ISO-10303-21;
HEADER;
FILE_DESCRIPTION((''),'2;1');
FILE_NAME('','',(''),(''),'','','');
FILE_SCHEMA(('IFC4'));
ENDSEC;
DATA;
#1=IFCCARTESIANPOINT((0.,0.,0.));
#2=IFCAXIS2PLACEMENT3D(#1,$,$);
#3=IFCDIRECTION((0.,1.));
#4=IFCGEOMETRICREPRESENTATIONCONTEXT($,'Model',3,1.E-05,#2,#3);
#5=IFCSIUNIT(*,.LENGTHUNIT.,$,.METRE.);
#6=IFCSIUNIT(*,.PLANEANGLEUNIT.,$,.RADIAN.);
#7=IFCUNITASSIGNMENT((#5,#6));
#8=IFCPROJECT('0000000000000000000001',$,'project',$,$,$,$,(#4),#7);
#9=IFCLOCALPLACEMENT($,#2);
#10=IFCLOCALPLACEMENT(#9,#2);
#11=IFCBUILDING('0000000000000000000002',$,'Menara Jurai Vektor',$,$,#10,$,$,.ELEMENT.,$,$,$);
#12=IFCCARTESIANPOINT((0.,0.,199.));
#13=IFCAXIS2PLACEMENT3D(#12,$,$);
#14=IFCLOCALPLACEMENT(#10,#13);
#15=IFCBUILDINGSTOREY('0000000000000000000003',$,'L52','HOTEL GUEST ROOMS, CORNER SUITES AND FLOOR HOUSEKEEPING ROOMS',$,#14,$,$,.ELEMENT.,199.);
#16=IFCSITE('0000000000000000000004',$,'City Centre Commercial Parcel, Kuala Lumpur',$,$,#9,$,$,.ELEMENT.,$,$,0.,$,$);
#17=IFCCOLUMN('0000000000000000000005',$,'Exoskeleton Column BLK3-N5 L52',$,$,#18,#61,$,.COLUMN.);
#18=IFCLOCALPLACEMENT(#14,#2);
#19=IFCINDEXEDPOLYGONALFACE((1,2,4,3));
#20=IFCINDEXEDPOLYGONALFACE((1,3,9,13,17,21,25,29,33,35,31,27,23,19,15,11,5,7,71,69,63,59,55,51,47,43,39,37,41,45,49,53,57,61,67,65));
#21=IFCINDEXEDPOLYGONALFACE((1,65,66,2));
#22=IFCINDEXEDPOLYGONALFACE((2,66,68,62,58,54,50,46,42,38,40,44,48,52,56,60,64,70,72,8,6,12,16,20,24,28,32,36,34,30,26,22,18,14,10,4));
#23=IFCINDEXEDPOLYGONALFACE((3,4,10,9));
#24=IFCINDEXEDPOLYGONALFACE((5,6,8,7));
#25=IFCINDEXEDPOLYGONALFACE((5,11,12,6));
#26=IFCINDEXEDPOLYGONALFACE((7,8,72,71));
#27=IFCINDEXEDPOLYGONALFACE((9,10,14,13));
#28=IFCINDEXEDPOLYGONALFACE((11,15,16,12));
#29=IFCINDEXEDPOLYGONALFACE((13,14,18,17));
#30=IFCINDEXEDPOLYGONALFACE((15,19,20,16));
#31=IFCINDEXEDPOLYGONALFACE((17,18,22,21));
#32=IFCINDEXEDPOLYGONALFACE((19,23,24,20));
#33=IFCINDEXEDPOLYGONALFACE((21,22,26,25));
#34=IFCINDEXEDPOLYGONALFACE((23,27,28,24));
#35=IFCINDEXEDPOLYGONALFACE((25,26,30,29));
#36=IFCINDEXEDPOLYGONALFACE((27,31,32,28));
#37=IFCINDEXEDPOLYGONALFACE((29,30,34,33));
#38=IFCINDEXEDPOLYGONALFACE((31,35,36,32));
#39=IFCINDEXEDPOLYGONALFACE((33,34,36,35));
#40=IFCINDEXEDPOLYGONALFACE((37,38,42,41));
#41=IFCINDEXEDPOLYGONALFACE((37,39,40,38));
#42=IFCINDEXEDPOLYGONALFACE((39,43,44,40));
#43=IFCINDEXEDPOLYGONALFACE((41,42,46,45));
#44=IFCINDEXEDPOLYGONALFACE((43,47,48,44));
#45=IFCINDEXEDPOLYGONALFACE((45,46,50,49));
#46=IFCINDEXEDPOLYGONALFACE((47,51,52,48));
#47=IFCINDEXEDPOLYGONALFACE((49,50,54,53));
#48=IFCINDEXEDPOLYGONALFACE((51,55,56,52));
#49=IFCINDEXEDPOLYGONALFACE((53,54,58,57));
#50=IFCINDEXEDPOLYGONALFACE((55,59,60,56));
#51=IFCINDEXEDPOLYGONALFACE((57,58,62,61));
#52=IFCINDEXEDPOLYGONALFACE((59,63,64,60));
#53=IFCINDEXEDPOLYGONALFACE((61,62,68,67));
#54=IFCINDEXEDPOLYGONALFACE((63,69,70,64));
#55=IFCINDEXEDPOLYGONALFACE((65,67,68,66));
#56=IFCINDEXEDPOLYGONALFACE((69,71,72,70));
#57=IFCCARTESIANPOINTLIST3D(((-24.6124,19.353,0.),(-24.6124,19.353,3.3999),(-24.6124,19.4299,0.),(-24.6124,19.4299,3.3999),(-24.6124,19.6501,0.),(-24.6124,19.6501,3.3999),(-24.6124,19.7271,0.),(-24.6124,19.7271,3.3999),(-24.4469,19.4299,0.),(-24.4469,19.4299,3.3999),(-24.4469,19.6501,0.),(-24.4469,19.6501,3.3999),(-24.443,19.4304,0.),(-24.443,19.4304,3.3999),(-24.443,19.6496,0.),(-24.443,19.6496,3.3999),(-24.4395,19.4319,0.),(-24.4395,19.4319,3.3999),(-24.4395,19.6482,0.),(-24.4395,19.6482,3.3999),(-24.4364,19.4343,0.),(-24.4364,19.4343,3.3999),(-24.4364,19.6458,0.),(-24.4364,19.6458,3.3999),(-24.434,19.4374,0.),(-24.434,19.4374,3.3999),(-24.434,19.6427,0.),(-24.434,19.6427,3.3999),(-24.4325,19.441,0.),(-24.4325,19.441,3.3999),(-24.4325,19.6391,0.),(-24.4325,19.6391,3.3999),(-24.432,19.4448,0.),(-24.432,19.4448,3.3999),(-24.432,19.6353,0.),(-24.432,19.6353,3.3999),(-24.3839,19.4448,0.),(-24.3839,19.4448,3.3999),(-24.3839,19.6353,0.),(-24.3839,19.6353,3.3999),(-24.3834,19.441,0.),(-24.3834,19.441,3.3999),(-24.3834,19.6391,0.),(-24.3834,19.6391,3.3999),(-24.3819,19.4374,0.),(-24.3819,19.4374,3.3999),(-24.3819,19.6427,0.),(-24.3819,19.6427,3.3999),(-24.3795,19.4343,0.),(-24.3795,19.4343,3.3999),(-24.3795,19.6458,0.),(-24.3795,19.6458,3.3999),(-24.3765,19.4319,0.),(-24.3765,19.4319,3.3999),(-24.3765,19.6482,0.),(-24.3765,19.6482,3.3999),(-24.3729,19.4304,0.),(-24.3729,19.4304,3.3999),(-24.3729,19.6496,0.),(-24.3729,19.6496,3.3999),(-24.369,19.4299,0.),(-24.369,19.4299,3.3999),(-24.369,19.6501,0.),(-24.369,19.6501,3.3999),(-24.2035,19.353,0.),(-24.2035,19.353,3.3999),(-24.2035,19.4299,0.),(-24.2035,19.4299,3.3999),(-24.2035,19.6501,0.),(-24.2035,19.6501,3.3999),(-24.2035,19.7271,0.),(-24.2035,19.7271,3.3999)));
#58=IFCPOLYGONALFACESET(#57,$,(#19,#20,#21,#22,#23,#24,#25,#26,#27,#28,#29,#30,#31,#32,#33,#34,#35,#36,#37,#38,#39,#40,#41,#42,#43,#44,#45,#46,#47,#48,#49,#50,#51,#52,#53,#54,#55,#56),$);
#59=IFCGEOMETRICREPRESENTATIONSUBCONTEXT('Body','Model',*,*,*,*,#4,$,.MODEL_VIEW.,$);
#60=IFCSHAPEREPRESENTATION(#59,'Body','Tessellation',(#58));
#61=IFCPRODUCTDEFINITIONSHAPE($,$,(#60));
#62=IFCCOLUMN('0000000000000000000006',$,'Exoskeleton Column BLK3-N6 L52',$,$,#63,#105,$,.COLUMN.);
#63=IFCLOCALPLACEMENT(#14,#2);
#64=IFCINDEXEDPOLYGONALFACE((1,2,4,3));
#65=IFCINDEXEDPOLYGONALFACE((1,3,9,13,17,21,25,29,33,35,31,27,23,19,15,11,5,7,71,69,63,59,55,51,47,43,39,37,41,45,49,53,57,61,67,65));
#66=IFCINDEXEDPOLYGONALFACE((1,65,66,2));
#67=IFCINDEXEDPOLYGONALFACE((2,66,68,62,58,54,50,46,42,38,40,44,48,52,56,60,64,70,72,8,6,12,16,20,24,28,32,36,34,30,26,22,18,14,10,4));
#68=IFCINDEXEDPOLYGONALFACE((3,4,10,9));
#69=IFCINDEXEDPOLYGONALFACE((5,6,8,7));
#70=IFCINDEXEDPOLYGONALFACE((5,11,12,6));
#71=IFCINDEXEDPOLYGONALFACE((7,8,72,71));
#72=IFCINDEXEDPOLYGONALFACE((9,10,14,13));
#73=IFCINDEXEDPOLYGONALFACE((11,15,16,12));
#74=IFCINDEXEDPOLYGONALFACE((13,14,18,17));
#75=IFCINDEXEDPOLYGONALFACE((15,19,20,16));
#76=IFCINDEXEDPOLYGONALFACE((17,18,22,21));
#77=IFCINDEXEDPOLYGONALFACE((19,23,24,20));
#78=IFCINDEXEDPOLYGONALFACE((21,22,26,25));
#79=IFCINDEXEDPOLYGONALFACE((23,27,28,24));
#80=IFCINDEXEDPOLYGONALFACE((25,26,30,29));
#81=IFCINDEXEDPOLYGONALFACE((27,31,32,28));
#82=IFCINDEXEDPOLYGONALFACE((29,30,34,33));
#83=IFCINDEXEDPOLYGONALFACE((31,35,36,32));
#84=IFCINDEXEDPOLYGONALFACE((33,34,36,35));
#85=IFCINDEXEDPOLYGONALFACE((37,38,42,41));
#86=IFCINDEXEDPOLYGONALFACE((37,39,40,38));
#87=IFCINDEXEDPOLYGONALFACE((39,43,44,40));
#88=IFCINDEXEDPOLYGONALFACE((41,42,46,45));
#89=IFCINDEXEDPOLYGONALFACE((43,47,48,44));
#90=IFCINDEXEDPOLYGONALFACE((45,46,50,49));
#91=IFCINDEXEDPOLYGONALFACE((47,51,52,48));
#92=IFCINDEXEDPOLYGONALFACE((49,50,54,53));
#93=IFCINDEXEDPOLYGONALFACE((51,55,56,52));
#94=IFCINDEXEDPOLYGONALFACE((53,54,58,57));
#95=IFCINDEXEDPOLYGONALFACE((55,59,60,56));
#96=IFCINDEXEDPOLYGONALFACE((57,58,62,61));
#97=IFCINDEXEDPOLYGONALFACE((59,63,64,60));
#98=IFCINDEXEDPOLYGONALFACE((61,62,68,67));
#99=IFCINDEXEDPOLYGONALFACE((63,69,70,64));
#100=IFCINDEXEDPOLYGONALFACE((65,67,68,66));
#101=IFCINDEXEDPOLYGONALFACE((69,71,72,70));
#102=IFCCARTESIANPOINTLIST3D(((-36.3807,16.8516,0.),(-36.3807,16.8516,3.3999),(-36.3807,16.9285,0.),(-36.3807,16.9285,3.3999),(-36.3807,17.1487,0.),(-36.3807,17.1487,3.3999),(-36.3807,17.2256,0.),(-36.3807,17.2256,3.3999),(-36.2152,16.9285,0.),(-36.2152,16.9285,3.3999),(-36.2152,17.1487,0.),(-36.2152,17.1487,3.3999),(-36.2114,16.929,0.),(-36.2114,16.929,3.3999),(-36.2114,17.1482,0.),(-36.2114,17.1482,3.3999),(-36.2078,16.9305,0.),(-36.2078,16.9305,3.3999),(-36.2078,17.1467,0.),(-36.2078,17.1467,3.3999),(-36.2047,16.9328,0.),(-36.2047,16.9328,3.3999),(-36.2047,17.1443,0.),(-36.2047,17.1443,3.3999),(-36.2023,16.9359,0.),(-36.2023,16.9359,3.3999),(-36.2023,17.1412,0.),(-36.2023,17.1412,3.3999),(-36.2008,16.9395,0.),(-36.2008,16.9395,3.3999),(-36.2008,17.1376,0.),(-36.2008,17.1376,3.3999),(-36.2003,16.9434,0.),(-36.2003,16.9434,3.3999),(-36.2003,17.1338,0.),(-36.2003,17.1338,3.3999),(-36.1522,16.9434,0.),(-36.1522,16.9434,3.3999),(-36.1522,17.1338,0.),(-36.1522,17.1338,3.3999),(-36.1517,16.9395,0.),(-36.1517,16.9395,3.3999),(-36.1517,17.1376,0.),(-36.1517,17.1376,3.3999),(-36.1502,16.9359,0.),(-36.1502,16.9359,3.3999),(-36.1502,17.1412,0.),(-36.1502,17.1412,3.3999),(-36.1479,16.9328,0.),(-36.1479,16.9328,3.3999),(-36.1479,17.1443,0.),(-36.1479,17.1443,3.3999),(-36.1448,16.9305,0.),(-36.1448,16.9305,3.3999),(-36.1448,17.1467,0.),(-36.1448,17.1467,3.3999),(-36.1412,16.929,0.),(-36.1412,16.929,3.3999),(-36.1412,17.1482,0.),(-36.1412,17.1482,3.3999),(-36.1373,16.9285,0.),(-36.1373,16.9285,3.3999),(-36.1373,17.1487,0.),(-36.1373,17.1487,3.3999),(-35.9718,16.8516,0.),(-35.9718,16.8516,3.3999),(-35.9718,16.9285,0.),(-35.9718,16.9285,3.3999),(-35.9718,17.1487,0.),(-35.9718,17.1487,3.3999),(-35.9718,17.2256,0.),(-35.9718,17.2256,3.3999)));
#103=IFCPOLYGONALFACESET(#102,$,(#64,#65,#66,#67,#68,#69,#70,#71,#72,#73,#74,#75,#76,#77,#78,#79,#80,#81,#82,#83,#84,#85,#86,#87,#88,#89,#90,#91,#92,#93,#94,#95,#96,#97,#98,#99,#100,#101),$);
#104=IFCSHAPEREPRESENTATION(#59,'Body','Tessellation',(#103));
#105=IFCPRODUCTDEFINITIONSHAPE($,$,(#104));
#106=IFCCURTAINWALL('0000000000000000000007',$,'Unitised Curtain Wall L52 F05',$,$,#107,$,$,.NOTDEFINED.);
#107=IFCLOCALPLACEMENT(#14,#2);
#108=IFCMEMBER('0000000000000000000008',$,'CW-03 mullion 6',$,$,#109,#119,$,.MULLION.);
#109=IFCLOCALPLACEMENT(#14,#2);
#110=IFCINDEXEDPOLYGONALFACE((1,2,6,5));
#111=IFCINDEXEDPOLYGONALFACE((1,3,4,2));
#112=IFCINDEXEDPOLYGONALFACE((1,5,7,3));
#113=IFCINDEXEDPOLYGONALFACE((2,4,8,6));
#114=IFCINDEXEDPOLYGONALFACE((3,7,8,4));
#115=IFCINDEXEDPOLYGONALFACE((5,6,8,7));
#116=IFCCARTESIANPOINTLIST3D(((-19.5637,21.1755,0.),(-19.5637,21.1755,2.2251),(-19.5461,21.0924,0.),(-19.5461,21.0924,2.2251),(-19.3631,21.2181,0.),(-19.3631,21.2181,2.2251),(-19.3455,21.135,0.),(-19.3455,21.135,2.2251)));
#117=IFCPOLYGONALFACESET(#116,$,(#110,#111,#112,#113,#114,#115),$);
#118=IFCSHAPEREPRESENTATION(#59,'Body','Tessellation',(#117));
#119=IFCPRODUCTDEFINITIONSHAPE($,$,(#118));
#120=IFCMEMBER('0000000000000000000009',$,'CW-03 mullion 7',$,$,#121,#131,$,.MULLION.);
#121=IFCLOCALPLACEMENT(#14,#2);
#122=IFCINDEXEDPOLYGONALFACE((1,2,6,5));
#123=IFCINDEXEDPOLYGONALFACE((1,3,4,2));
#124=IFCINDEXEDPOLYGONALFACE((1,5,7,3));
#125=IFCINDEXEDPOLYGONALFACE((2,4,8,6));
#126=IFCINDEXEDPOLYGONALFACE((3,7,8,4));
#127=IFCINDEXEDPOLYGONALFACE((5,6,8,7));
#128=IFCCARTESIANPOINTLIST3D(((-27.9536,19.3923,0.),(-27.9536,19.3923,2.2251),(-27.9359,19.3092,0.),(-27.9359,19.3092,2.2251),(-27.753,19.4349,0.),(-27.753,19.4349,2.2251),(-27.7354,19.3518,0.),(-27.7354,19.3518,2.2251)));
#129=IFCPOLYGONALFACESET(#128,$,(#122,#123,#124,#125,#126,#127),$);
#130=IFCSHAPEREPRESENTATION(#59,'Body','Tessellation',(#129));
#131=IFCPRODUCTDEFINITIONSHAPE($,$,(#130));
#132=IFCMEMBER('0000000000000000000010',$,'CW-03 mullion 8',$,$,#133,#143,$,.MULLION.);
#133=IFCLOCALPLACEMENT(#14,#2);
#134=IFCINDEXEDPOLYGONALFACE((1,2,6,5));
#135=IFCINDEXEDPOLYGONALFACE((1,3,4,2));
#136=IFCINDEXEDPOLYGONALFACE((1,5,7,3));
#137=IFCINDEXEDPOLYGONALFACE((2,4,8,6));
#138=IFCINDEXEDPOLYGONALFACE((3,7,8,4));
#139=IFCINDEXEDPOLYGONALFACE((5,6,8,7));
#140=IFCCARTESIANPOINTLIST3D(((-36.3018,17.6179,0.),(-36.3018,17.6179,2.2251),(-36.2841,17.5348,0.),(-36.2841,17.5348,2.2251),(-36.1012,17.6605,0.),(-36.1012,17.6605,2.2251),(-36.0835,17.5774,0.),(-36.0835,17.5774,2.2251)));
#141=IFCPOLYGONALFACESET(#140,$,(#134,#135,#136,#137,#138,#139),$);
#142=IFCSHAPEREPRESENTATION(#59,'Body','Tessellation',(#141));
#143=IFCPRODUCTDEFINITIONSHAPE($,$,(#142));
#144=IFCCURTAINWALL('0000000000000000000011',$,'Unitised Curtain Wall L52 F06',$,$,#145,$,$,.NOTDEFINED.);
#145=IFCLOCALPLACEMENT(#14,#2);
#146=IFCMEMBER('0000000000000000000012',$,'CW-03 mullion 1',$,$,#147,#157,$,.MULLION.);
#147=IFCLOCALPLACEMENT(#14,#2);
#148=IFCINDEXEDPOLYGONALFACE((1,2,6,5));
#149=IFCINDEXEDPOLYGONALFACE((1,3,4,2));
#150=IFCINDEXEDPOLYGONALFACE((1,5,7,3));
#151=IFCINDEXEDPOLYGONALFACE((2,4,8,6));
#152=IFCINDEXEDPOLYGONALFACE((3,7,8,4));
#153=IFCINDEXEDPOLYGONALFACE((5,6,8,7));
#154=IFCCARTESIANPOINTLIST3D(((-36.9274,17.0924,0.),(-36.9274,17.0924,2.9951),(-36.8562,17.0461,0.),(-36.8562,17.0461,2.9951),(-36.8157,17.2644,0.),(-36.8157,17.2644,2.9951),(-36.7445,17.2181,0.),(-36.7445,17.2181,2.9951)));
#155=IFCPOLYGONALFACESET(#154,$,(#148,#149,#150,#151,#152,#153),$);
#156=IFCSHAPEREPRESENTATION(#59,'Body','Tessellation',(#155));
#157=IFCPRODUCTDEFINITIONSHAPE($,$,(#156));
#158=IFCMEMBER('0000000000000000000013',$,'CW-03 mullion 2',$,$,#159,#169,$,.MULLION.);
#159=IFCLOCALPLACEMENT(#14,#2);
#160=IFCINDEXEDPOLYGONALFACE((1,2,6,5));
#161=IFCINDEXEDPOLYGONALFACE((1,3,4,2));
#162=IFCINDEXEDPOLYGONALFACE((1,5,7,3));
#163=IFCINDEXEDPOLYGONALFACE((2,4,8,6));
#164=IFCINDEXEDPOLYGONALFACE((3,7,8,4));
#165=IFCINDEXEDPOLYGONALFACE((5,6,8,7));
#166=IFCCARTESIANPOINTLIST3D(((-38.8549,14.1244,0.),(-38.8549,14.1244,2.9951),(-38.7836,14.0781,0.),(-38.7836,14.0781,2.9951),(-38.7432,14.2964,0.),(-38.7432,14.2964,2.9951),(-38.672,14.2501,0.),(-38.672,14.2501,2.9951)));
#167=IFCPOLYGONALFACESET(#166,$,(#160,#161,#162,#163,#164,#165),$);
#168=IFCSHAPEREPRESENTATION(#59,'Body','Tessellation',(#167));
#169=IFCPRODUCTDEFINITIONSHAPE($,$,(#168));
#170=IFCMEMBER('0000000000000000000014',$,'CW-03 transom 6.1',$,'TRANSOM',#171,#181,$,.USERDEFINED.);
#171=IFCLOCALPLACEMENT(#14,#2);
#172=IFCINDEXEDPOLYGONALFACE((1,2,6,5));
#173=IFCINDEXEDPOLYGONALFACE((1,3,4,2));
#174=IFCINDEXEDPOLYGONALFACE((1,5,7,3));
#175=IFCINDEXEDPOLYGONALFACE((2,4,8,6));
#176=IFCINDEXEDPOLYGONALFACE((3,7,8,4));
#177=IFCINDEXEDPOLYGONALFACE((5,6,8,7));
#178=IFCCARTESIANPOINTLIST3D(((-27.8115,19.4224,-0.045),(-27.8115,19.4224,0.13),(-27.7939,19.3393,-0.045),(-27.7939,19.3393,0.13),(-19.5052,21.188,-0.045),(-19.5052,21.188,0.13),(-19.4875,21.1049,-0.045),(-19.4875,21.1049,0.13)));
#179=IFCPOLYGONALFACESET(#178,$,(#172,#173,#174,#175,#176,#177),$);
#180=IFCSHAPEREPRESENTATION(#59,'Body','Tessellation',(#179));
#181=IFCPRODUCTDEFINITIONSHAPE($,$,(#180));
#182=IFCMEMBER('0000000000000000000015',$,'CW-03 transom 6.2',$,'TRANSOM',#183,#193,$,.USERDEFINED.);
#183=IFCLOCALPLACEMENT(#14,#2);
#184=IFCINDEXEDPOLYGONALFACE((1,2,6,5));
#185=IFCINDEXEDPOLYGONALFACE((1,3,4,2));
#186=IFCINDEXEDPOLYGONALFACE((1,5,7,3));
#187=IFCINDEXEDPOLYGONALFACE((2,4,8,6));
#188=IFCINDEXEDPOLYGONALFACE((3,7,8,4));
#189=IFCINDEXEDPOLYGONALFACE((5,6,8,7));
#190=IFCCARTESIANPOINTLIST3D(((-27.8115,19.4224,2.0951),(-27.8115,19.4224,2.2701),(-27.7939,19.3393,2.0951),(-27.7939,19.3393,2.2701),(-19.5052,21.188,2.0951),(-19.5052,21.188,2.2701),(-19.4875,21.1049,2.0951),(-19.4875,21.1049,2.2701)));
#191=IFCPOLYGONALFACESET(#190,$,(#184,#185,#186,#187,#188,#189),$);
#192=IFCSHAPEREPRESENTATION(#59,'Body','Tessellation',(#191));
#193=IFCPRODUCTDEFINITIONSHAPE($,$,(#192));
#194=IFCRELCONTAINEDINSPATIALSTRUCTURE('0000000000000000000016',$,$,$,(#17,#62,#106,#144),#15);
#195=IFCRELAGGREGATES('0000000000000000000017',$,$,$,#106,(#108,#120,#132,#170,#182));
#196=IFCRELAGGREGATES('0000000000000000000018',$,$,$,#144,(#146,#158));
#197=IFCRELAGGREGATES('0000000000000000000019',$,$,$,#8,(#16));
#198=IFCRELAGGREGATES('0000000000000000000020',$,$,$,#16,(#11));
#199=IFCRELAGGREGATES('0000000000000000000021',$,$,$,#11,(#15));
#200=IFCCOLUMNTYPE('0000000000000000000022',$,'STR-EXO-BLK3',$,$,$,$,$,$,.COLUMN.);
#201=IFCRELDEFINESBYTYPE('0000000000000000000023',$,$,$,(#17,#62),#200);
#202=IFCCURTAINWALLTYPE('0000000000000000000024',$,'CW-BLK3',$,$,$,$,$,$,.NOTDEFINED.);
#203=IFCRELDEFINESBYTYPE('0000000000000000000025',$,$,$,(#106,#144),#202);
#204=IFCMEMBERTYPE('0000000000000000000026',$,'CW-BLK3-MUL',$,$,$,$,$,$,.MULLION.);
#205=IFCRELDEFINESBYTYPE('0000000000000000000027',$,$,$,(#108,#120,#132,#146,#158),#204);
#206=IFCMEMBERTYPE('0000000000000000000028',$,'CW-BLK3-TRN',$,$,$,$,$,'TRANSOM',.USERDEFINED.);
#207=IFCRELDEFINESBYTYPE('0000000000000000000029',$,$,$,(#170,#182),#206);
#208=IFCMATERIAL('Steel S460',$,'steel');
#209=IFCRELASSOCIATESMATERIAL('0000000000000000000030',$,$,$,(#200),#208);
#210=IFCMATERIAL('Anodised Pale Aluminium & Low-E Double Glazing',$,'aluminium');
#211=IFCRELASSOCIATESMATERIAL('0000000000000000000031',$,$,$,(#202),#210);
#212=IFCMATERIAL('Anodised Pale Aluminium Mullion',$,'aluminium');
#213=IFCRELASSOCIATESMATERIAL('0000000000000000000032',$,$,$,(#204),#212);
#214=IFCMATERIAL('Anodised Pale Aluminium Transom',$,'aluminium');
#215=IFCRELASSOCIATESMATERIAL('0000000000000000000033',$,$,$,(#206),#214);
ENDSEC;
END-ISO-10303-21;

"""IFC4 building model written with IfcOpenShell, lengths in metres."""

from ifc_helpers import new_model, si_unit, direction, frame, origin, origin_2d, place, context, subcontext, project, spatial, rectangle, i_section, extrude, material, material_profile, profile_set, type_object, element, aggregate, save


model = new_model("IFC4")

# Units and contexts
model_context = context("Model", 3, precision=1e-05, world=origin(), true_north=direction((0.0, 1.0)))
body_context = subcontext(model_context, "Body", "Model", "MODEL_VIEW")
ifc_project = project(units=[si_unit("LENGTHUNIT", "METRE"), si_unit("PLANEANGLEUNIT", "RADIAN")], contexts=[model_context])

# Site, building, storey
site_placement = place(None, origin())
site = spatial("IfcSite", under=ifc_project, at=site_placement, Name="City Centre Commercial Parcel, Kuala Lumpur", CompositionType="ELEMENT", RefElevation=0.0)
building_placement = place(site_placement, origin())
building = spatial("IfcBuilding", under=site, at=building_placement, Name="Menara Jurai Vektor", CompositionType="ELEMENT")
storey_placement = place(building_placement, frame((0.0, 0.0, 199.0)))
storey = spatial("IfcBuildingStorey", under=building, at=storey_placement, Name="L52", Description="HOTEL GUEST ROOMS, CORNER SUITES AND FLOOR HOUSEKEEPING ROOMS", CompositionType="ELEMENT", Elevation=199.0)

# Columns
ifc_material_1 = material(Name="Steel S460", Category="steel")
ifc_material_profile_1 = material_profile(ifc_material_1, i_section(OverallWidth=0.4089, OverallDepth=0.374, WebThickness=0.0481, FlangeThickness=0.0769, FilletRadius=0.0149, at=origin_2d()), Name="HD 400x634")
ifc_profile_set_1 = profile_set([ifc_material_profile_1], Name="Steel S460")
column_type = type_object("IfcColumnType", Name="STR-EXO-BLK3", PredefinedType="COLUMN", material=ifc_profile_set_1)
for number, where, z_axis, x_axis, name in (
    (1, (-24.408, 19.54, 0.0), (0.0, 0.0, 1.0), (1.0, 0.0, 0.0), "Exoskeleton Column BLK3-N5 L52"),
    (2, (-36.1763, 17.0386, 0.0), (0.0, 0.0, 1.0), (1.0, 0.0, 0.0), "Exoskeleton Column BLK3-N6 L52"),
):
    element("IfcColumn", number, at=place(storey_placement, frame(where, z_axis=z_axis, x_axis=x_axis)), inside=storey, type_object=column_type, Name=name, PredefinedType="COLUMN", context=body_context, shape_type="SweptSolid", body=[
        extrude(i_section(OverallWidth=0.4089, OverallDepth=0.374, WebThickness=0.0481, FlangeThickness=0.0769, FilletRadius=0.0149, at=origin_2d()), origin(), (0.0, 0.0, 1.0), 3.3999),
    ])

# Curtain walls, members
ifc_material_2 = material(Name="Anodised Pale Aluminium & Low-E Double Glazing", Category="aluminium")
curtain_wall_type = type_object("IfcCurtainWallType", Name="CW-BLK3", PredefinedType="NOTDEFINED", material=ifc_material_2)
curtain_wall_1_placement = place(storey_placement, origin())
curtain_wall_1 = element("IfcCurtainWall", 3, at=curtain_wall_1_placement, inside=storey, type_object=curtain_wall_type, Name="Unitised Curtain Wall L52 F05", PredefinedType="NOTDEFINED")
ifc_material_3 = material(Name="Anodised Pale Aluminium Mullion", Category="aluminium")
ifc_material_profile_2 = material_profile(ifc_material_3, rectangle(XDim=0.085, YDim=0.2051, at=origin_2d()), Name="ALU MUL 85x205")
ifc_profile_set_2 = profile_set([ifc_material_profile_2], Name="Anodised Pale Aluminium Mullion")
member_type_1 = type_object("IfcMemberType", Name="CW-BLK3-MUL", PredefinedType="MULLION", material=ifc_profile_set_2)
member_1_placement = place(storey_placement, frame((-19.4546, 21.1553, 0.0), z_axis=(0.0, 0.0, 1.0), x_axis=(0.207911, -0.978148, 0.0)))
member_1 = element("IfcMember", 4, at=member_1_placement, type_object=member_type_1, Name="CW-03 mullion 6", PredefinedType="MULLION", context=body_context, shape_type="SweptSolid", body=[
    extrude(rectangle(XDim=0.085, YDim=0.2051, at=origin_2d()), origin(), (0.0, 0.0, 1.0), 2.2251),
])
member_2_placement = place(storey_placement, frame((-27.8445, 19.3721, 0.0), z_axis=(0.0, 0.0, 1.0), x_axis=(0.207911, -0.978148, 0.0)))
member_2 = element("IfcMember", 5, at=member_2_placement, type_object=member_type_1, Name="CW-03 mullion 7", PredefinedType="MULLION", context=body_context, shape_type="SweptSolid", body=[
    extrude(rectangle(XDim=0.085, YDim=0.2051, at=origin_2d()), origin(), (0.0, 0.0, 1.0), 2.2251),
])
member_3_placement = place(storey_placement, frame((-36.1926, 17.5977, 0.0), z_axis=(0.0, 0.0, 1.0), x_axis=(0.207911, -0.978148, 0.0)))
member_3 = element("IfcMember", 6, at=member_3_placement, type_object=member_type_1, Name="CW-03 mullion 8", PredefinedType="MULLION", context=body_context, shape_type="SweptSolid", body=[
    extrude(rectangle(XDim=0.085, YDim=0.2051, at=origin_2d()), origin(), (0.0, 0.0, 1.0), 2.2251),
])
curtain_wall_2_placement = place(storey_placement, origin())
curtain_wall_2 = element("IfcCurtainWall", 7, at=curtain_wall_2_placement, inside=storey, type_object=curtain_wall_type, Name="Unitised Curtain Wall L52 F06", PredefinedType="NOTDEFINED")
member_4_placement = place(storey_placement, frame((-36.8359, 17.1553, 0.0), z_axis=(0.0, 0.0, 1.0), x_axis=(0.838684, -0.544618, 0.0)))
member_4 = element("IfcMember", 8, at=member_4_placement, type_object=member_type_1, Name="CW-03 mullion 1", PredefinedType="MULLION", context=body_context, shape_type="SweptSolid", body=[
    extrude(rectangle(XDim=0.085, YDim=0.2051, at=origin_2d()), origin(), (0.0, 0.0, 1.0), 2.9951),
])
member_5_placement = place(storey_placement, frame((-38.7634, 14.1873, 0.0), z_axis=(0.0, 0.0, 1.0), x_axis=(0.838684, -0.544618, 0.0)))
member_5 = element("IfcMember", 9, at=member_5_placement, type_object=member_type_1, Name="CW-03 mullion 2", PredefinedType="MULLION", context=body_context, shape_type="SweptSolid", body=[
    extrude(rectangle(XDim=0.085, YDim=0.2051, at=origin_2d()), origin(), (0.0, 0.0, 1.0), 2.9951),
])

# Members
ifc_material_4 = material(Name="Anodised Pale Aluminium Transom", Category="aluminium")
ifc_material_profile_3 = material_profile(ifc_material_4, rectangle(XDim=0.085, YDim=0.175, at=origin_2d()), Name="ALU TRN 85x175")
ifc_profile_set_3 = profile_set([ifc_material_profile_3], Name="Anodised Pale Aluminium Transom")
member_type_2 = type_object("IfcMemberType", Name="CW-BLK3-TRN", ElementType="TRANSOM", PredefinedType="USERDEFINED", material=ifc_profile_set_3)
member_6_placement = place(storey_placement, frame((-19.4963, 21.1465, 0.0425), z_axis=(-0.978147, -0.207917, 0.0), x_axis=(0.207917, -0.978147, 0.0)))
member_6 = element("IfcMember", 10, at=member_6_placement, type_object=member_type_2, Name="CW-03 transom 6.1", ObjectType="TRANSOM", PredefinedType="USERDEFINED", context=body_context, shape_type="SweptSolid", body=[
    extrude(rectangle(XDim=0.085, YDim=0.175, at=origin_2d()), origin(), (0.0, 0.0, 1.0), 8.4919),
])
member_7_placement = place(storey_placement, frame((-19.4963, 21.1465, 2.1826), z_axis=(-0.978147, -0.207917, 0.0), x_axis=(0.207917, -0.978147, 0.0)))
member_7 = element("IfcMember", 11, at=member_7_placement, type_object=member_type_2, Name="CW-03 transom 6.2", ObjectType="TRANSOM", PredefinedType="USERDEFINED", context=body_context, shape_type="SweptSolid", body=[
    extrude(rectangle(XDim=0.085, YDim=0.175, at=origin_2d()), origin(), (0.0, 0.0, 1.0), 8.4919),
])

aggregate(curtain_wall_1, [member_1, member_2, member_3, member_6, member_7])
aggregate(curtain_wall_2, [member_4, member_5])

save(model, "model.ifc")
